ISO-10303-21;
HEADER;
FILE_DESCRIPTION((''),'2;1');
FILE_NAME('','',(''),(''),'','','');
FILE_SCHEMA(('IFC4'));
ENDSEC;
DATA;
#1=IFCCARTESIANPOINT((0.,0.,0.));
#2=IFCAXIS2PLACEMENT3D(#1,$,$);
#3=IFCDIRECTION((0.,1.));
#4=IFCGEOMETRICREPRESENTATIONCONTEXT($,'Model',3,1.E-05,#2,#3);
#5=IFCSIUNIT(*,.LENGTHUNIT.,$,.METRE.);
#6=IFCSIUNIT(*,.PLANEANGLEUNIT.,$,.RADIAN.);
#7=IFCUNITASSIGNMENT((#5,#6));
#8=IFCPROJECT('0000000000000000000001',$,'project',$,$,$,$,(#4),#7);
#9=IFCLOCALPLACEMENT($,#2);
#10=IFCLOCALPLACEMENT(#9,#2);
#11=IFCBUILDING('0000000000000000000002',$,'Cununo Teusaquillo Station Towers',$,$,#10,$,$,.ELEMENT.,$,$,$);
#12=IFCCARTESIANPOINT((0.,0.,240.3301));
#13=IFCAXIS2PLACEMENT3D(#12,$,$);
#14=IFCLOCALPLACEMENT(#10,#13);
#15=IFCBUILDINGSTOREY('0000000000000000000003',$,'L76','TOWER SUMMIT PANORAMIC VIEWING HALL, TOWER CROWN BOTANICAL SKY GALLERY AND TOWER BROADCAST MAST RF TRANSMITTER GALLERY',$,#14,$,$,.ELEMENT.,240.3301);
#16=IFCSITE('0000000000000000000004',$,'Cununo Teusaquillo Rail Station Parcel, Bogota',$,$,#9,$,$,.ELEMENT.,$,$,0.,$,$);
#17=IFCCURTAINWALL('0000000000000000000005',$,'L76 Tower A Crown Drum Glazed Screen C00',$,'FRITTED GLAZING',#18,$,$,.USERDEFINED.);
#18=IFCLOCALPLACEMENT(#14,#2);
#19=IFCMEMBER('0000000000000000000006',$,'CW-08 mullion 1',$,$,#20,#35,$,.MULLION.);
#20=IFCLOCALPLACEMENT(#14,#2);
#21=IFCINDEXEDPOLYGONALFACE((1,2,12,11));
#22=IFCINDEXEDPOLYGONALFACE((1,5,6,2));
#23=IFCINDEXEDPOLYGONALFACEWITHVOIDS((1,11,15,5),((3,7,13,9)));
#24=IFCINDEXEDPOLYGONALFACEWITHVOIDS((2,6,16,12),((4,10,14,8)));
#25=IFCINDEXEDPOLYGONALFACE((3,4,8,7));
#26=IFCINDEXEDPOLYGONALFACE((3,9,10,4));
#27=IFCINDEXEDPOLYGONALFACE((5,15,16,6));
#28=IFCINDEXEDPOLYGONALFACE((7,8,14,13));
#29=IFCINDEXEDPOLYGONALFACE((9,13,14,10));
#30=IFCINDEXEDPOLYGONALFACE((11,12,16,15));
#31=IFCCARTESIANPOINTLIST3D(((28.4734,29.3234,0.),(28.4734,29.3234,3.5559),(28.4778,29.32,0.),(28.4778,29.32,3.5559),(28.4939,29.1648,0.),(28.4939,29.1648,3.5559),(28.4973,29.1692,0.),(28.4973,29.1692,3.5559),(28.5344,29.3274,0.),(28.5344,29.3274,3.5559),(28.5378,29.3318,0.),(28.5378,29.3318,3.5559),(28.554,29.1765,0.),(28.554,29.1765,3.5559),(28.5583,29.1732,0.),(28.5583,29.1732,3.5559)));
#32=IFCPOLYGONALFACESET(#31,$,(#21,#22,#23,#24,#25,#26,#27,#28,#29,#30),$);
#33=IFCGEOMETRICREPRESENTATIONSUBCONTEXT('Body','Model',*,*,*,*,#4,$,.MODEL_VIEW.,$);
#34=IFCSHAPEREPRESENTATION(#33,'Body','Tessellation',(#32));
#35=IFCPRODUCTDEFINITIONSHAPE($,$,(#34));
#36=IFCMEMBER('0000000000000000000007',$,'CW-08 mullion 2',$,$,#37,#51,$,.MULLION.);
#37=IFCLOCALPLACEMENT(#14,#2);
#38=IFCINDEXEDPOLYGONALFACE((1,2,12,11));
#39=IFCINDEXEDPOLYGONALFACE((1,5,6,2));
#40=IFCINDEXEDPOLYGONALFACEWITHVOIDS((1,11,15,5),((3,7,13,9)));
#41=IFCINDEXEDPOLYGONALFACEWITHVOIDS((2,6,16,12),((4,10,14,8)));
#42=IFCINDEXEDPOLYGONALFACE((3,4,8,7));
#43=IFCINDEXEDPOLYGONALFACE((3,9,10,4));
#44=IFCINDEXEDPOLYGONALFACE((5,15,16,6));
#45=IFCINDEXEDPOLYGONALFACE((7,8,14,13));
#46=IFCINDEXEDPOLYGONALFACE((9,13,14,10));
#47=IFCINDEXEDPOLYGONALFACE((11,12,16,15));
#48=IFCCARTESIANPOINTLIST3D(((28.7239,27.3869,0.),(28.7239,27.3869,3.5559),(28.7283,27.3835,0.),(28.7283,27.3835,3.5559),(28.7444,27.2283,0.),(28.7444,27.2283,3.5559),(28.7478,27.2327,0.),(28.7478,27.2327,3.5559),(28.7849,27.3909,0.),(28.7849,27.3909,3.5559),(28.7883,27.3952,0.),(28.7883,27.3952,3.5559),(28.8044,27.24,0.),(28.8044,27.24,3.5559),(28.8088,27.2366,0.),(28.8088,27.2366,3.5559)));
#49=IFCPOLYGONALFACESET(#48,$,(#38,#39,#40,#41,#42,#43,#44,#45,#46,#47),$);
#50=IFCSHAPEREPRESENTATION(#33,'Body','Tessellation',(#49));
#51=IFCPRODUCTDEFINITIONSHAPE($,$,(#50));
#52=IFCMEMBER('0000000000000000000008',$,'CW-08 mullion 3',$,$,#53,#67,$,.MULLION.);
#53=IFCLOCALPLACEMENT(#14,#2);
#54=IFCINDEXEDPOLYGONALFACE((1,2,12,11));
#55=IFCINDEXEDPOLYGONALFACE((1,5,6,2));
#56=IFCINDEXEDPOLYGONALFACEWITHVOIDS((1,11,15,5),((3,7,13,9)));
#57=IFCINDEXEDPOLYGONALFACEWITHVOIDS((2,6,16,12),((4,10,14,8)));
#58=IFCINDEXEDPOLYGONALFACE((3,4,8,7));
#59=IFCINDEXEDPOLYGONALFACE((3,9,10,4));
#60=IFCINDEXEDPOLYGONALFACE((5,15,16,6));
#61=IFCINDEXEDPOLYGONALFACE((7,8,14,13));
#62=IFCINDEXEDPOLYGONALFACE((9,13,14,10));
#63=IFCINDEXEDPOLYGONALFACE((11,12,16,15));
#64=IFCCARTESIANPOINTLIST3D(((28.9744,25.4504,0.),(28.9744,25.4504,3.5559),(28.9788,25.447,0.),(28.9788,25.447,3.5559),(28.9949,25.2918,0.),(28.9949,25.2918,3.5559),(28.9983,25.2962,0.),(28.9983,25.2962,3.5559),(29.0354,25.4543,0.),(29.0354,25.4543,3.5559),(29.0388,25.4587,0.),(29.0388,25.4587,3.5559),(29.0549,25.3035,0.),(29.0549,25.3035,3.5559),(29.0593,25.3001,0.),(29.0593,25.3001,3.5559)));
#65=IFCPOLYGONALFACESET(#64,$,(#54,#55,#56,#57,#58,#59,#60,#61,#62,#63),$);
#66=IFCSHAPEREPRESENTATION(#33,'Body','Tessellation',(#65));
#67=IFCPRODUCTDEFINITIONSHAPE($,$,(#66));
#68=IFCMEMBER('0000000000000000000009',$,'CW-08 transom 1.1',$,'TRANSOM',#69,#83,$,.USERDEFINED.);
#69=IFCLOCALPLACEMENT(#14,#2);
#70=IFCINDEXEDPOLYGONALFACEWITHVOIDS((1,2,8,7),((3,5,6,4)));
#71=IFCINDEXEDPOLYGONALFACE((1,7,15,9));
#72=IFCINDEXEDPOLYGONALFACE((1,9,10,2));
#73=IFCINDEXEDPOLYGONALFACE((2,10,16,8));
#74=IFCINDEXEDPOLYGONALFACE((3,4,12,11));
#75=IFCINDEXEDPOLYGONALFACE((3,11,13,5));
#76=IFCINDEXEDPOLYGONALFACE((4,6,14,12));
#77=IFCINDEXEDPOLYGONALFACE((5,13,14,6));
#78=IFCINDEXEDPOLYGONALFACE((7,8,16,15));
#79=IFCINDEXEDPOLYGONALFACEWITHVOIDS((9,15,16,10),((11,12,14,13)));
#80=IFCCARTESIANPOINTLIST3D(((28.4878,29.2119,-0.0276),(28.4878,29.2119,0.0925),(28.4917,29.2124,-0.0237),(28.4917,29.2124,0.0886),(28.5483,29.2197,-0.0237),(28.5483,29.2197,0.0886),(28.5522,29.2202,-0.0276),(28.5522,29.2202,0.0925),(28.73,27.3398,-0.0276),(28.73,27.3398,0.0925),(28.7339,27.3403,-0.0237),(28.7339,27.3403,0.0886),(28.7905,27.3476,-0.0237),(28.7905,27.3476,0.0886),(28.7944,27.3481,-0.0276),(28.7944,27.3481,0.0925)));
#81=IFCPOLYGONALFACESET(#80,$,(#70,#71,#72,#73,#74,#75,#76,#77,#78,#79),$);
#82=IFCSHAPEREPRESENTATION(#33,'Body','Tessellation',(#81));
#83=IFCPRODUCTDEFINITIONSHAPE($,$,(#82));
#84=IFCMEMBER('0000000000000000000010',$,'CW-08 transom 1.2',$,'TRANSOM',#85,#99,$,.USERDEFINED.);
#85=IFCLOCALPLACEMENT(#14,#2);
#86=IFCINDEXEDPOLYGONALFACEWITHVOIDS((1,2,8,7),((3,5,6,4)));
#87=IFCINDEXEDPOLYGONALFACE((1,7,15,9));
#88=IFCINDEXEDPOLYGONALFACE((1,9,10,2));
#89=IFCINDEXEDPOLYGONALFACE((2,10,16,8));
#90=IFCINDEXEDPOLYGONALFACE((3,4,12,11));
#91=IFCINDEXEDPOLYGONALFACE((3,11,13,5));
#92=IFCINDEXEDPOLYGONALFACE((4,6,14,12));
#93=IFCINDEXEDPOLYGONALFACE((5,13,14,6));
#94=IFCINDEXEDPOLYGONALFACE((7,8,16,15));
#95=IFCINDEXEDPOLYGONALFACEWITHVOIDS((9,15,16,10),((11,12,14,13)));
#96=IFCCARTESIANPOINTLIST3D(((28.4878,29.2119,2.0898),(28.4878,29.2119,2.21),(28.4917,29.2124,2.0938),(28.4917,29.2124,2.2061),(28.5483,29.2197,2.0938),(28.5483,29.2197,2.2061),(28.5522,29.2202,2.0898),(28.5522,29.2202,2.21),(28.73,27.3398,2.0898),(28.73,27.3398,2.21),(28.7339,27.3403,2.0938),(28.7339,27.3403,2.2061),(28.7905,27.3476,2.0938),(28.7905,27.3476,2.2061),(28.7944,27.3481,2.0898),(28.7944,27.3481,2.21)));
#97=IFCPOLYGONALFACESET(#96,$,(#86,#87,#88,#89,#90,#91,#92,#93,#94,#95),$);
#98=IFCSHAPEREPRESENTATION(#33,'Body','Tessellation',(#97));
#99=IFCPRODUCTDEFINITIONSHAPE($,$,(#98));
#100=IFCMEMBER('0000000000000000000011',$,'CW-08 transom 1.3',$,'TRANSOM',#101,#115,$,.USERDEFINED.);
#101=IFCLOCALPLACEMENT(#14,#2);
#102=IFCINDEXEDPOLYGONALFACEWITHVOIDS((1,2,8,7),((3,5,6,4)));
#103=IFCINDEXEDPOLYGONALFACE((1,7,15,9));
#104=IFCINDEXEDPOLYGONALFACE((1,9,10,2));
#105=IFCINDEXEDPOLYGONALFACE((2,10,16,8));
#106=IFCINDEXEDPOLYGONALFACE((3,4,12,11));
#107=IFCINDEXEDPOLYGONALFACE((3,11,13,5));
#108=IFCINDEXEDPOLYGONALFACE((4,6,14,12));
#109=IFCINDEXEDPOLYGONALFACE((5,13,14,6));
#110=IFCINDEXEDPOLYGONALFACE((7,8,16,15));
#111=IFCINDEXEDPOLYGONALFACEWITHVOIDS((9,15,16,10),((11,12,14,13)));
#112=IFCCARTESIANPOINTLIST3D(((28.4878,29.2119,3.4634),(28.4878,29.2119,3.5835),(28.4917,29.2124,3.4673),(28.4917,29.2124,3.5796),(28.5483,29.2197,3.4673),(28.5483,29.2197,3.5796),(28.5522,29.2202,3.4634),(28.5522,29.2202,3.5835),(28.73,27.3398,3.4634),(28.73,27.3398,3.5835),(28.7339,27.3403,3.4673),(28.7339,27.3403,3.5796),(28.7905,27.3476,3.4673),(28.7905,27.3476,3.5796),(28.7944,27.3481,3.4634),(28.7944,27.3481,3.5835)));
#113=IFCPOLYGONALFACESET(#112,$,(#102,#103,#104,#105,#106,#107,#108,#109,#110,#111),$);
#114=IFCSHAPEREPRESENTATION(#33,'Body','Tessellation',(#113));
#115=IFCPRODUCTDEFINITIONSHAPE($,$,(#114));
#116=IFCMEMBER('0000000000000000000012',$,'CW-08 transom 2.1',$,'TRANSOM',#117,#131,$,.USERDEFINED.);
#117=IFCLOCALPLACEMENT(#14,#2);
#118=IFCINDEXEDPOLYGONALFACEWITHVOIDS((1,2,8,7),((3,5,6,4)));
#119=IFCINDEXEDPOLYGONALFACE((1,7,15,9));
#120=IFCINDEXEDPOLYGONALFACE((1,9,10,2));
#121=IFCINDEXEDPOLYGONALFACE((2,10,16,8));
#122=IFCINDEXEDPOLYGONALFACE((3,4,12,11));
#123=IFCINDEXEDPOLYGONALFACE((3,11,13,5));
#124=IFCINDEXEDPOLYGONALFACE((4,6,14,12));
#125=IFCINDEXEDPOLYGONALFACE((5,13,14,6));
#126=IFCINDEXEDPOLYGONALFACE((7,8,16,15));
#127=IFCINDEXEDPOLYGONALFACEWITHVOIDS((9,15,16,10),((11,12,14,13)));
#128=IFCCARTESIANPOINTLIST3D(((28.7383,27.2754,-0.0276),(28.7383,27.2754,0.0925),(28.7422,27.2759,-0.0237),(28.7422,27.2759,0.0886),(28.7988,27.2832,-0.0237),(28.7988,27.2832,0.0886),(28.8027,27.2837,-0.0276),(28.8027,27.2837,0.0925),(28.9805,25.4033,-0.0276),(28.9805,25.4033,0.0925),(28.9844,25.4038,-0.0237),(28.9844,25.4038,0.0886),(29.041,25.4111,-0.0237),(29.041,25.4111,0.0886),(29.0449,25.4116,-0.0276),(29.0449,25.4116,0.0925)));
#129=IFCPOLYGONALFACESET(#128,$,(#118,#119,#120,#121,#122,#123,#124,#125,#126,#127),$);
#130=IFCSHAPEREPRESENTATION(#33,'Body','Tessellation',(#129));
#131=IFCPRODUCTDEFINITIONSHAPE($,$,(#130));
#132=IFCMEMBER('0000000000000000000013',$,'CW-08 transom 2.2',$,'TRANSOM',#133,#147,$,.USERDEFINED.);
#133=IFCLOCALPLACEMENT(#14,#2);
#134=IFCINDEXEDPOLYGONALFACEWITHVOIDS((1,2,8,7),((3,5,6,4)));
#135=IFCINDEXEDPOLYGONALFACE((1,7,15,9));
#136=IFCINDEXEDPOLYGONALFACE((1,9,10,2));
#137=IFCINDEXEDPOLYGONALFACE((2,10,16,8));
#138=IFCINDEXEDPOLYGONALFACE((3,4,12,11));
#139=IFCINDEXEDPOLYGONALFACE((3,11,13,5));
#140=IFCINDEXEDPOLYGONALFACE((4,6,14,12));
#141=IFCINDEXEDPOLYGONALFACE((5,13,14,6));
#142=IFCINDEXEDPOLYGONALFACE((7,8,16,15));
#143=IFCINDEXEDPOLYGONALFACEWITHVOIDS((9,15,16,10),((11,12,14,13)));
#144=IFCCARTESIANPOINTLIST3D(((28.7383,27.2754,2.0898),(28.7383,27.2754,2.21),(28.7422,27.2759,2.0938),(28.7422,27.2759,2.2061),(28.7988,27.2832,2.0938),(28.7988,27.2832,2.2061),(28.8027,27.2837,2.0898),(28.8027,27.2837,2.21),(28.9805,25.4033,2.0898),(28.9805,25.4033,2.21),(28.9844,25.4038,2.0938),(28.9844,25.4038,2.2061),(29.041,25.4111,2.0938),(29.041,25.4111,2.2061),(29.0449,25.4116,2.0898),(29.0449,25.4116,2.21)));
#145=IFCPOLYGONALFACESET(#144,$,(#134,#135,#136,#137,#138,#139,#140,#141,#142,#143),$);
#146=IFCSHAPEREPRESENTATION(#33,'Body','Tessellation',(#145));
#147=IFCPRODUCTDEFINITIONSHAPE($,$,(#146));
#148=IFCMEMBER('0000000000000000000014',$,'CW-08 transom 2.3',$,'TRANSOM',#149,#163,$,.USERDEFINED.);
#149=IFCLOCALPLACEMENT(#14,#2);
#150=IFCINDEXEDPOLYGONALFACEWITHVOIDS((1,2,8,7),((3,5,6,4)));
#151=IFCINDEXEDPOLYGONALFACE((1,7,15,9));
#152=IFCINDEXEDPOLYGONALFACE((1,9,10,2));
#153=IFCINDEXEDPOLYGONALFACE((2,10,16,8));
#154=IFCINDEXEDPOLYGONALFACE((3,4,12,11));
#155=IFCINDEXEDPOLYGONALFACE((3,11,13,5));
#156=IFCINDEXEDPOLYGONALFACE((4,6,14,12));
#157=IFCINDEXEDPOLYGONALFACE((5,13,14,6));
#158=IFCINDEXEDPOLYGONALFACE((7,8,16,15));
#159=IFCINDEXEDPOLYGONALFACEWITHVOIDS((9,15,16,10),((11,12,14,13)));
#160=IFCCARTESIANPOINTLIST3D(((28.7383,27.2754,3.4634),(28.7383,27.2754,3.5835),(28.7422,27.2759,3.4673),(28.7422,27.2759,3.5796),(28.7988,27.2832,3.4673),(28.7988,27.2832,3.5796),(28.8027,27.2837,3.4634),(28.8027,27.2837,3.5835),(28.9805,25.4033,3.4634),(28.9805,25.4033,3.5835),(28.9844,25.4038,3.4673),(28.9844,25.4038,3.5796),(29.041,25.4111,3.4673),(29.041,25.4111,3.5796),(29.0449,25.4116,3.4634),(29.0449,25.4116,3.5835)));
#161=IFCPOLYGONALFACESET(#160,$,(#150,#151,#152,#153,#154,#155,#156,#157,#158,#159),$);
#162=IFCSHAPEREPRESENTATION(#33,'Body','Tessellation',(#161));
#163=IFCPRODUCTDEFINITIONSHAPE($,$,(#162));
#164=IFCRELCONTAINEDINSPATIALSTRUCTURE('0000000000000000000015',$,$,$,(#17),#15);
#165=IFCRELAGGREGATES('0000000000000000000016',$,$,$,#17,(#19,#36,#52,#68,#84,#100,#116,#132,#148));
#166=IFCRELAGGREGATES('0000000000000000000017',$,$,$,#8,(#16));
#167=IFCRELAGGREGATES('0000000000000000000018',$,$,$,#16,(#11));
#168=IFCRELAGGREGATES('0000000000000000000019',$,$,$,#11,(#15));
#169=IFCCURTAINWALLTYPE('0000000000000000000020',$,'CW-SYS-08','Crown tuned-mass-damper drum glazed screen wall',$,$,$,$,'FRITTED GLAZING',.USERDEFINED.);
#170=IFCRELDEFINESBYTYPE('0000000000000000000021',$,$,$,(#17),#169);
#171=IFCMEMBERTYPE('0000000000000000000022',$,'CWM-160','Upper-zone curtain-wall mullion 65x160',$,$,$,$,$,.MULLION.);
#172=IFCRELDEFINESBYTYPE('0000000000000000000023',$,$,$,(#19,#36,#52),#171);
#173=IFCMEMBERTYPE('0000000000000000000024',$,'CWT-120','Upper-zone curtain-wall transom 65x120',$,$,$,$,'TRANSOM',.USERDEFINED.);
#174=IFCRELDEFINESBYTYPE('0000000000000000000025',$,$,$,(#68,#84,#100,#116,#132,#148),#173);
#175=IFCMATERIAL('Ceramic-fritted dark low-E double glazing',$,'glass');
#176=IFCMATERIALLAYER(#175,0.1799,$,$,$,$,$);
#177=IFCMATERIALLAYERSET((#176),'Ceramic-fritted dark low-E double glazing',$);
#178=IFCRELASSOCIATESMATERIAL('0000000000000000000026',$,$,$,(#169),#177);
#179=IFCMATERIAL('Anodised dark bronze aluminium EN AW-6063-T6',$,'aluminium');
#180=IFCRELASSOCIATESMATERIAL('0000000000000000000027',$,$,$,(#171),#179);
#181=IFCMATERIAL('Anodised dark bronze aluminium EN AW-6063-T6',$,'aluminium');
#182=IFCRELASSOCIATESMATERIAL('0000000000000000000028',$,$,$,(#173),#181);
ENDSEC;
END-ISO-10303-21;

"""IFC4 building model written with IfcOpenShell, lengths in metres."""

from ifc_helpers import new_model, si_unit, direction, frame, origin, origin_2d, place, context, subcontext, project, spatial, hollow_rectangle, extrude, material, layer, layer_set, material_profile, profile_set, type_object, element, aggregate, save


model = new_model("IFC4")

# Units and contexts
model_context = context("Model", 3, precision=1e-05, world=origin(), true_north=direction((0.0, 1.0)))
body_context = subcontext(model_context, "Body", "Model", "MODEL_VIEW")
ifc_project = project(units=[si_unit("LENGTHUNIT", "METRE"), si_unit("PLANEANGLEUNIT", "RADIAN")], contexts=[model_context])

# Site, building, storey
site_placement = place(None, origin())
site = spatial("IfcSite", under=ifc_project, at=site_placement, Name="Cununo Teusaquillo Rail Station Parcel, Bogota", CompositionType="ELEMENT", RefElevation=0.0)
building_placement = place(site_placement, origin())
building = spatial("IfcBuilding", under=site, at=building_placement, Name="Cununo Teusaquillo Station Towers", CompositionType="ELEMENT")
storey_placement = place(building_placement, frame((0.0, 0.0, 240.3301)))
storey = spatial("IfcBuildingStorey", under=building, at=storey_placement, Name="L76", Description="TOWER SUMMIT PANORAMIC VIEWING HALL, TOWER CROWN BOTANICAL SKY GALLERY AND TOWER BROADCAST MAST RF TRANSMITTER GALLERY", CompositionType="ELEMENT", Elevation=240.3301)

# Curtain wall, members
ifc_material_1 = material(Name="Ceramic-fritted dark low-E double glazing", Category="glass")
ifc_layer_1 = layer(ifc_material_1, 0.1799)
ifc_layer_set_1 = layer_set([ifc_layer_1], Name="Ceramic-fritted dark low-E double glazing")
curtain_wall_type = type_object("IfcCurtainWallType", Name="CW-SYS-08", Description="Crown tuned-mass-damper drum glazed screen wall", ElementType="FRITTED GLAZING", PredefinedType="USERDEFINED", material=ifc_layer_set_1)
curtain_wall_placement = place(storey_placement, origin())
curtain_wall = element("IfcCurtainWall", 1, at=curtain_wall_placement, inside=storey, type_object=curtain_wall_type, Name="L76 Tower A Crown Drum Glazed Screen C00", ObjectType="FRITTED GLAZING", PredefinedType="USERDEFINED")
ifc_material_2 = material(Name="Anodised dark bronze aluminium EN AW-6063-T6", Category="aluminium")
ifc_material_profile_1 = material_profile(ifc_material_2, hollow_rectangle(XDim=0.0649, YDim=0.1599, WallThickness=0.0039, at=origin_2d()), Name="CW-MULL-65x160")
ifc_profile_set_1 = profile_set([ifc_material_profile_1], Name="Anodised dark bronze aluminium EN AW-6063-T6")
member_type_1 = type_object("IfcMemberType", Name="CWM-160", Description="Upper-zone curtain-wall mullion 65x160", PredefinedType="MULLION", material=ifc_profile_set_1)
member_1_placement = place(storey_placement, frame((28.5159, 29.2483, 0.0), z_axis=(0.0, 0.0, 1.0), x_axis=(0.991742, 0.128253, 0.0)))
member_1 = element("IfcMember", 2, at=member_1_placement, type_object=member_type_1, Name="CW-08 mullion 1", PredefinedType="MULLION", context=body_context, shape_type="SweptSolid", body=[
    extrude(hollow_rectangle(XDim=0.0649, YDim=0.1599, WallThickness=0.0039, at=origin_2d()), origin(), (0.0, 0.0, 1.0), 3.5559),
])
member_2_placement = place(storey_placement, frame((28.7664, 27.3118, 0.0), z_axis=(0.0, 0.0, 1.0), x_axis=(0.991742, 0.128253, 0.0)))
member_2 = element("IfcMember", 3, at=member_2_placement, type_object=member_type_1, Name="CW-08 mullion 2", PredefinedType="MULLION", context=body_context, shape_type="SweptSolid", body=[
    extrude(hollow_rectangle(XDim=0.0649, YDim=0.1599, WallThickness=0.0039, at=origin_2d()), origin(), (0.0, 0.0, 1.0), 3.5559),
])
member_3_placement = place(storey_placement, frame((29.0168, 25.3752, 0.0), z_axis=(0.0, 0.0, 1.0), x_axis=(0.991742, 0.128253, 0.0)))
member_3 = element("IfcMember", 4, at=member_3_placement, type_object=member_type_1, Name="CW-08 mullion 3", PredefinedType="MULLION", context=body_context, shape_type="SweptSolid", body=[
    extrude(hollow_rectangle(XDim=0.0649, YDim=0.1599, WallThickness=0.0039, at=origin_2d()), origin(), (0.0, 0.0, 1.0), 3.5559),
])
ifc_material_3 = material(Name="Anodised dark bronze aluminium EN AW-6063-T6", Category="aluminium")
ifc_material_profile_2 = material_profile(ifc_material_3, hollow_rectangle(XDim=0.0649, YDim=0.1201, WallThickness=0.0039, at=origin_2d()), Name="CW-TRAN-65x120")
ifc_profile_set_2 = profile_set([ifc_material_profile_2], Name="Anodised dark bronze aluminium EN AW-6063-T6")
member_type_2 = type_object("IfcMemberType", Name="CWT-120", Description="Upper-zone curtain-wall transom 65x120", ElementType="TRANSOM", PredefinedType="USERDEFINED", material=ifc_profile_set_2)
member_4_placement = place(storey_placement, frame((28.52, 29.2161, 0.0325), z_axis=(0.1283, -0.991735, 0.0), x_axis=(0.991735, 0.1283, 0.0)))
member_4 = element("IfcMember", 5, at=member_4_placement, type_object=member_type_2, Name="CW-08 transom 1.1", ObjectType="TRANSOM", PredefinedType="USERDEFINED", context=body_context, shape_type="SweptSolid", body=[
    extrude(hollow_rectangle(XDim=0.0649, YDim=0.1201, WallThickness=0.0039, at=origin_2d()), origin(), (0.0, 0.0, 1.0), 1.8877),
])
member_5_placement = place(storey_placement, frame((28.52, 29.2161, 2.1499), z_axis=(0.1283, -0.991735, 0.0), x_axis=(0.991735, 0.1283, 0.0)))
member_5 = element("IfcMember", 6, at=member_5_placement, type_object=member_type_2, Name="CW-08 transom 1.2", ObjectType="TRANSOM", PredefinedType="USERDEFINED", context=body_context, shape_type="SweptSolid", body=[
    extrude(hollow_rectangle(XDim=0.0649, YDim=0.1201, WallThickness=0.0039, at=origin_2d()), origin(), (0.0, 0.0, 1.0), 1.8877),
])
member_6_placement = place(storey_placement, frame((28.52, 29.2161, 3.5234), z_axis=(0.1283, -0.991735, 0.0), x_axis=(0.991735, 0.1283, 0.0)))
member_6 = element("IfcMember", 7, at=member_6_placement, type_object=member_type_2, Name="CW-08 transom 1.3", ObjectType="TRANSOM", PredefinedType="USERDEFINED", context=body_context, shape_type="SweptSolid", body=[
    extrude(hollow_rectangle(XDim=0.0649, YDim=0.1201, WallThickness=0.0039, at=origin_2d()), origin(), (0.0, 0.0, 1.0), 1.8877),
])
member_7_placement = place(storey_placement, frame((28.7705, 27.2795, 0.0325), z_axis=(0.1283, -0.991735, 0.0), x_axis=(0.991735, 0.1283, 0.0)))
member_7 = element("IfcMember", 8, at=member_7_placement, type_object=member_type_2, Name="CW-08 transom 2.1", ObjectType="TRANSOM", PredefinedType="USERDEFINED", context=body_context, shape_type="SweptSolid", body=[
    extrude(hollow_rectangle(XDim=0.0649, YDim=0.1201, WallThickness=0.0039, at=origin_2d()), origin(), (0.0, 0.0, 1.0), 1.8877),
])
member_8_placement = place(storey_placement, frame((28.7705, 27.2795, 2.1499), z_axis=(0.1283, -0.991735, 0.0), x_axis=(0.991735, 0.1283, 0.0)))
member_8 = element("IfcMember", 9, at=member_8_placement, type_object=member_type_2, Name="CW-08 transom 2.2", ObjectType="TRANSOM", PredefinedType="USERDEFINED", context=body_context, shape_type="SweptSolid", body=[
    extrude(hollow_rectangle(XDim=0.0649, YDim=0.1201, WallThickness=0.0039, at=origin_2d()), origin(), (0.0, 0.0, 1.0), 1.8877),
])
member_9_placement = place(storey_placement, frame((28.7705, 27.2795, 3.5234), z_axis=(0.1283, -0.991735, 0.0), x_axis=(0.991735, 0.1283, 0.0)))
member_9 = element("IfcMember", 10, at=member_9_placement, type_object=member_type_2, Name="CW-08 transom 2.3", ObjectType="TRANSOM", PredefinedType="USERDEFINED", context=body_context, shape_type="SweptSolid", body=[
    extrude(hollow_rectangle(XDim=0.0649, YDim=0.1201, WallThickness=0.0039, at=origin_2d()), origin(), (0.0, 0.0, 1.0), 1.8877),
])

aggregate(curtain_wall, [member_1, member_2, member_3, member_4, member_5, member_6, member_7, member_8, member_9])

save(model, "model.ifc")
